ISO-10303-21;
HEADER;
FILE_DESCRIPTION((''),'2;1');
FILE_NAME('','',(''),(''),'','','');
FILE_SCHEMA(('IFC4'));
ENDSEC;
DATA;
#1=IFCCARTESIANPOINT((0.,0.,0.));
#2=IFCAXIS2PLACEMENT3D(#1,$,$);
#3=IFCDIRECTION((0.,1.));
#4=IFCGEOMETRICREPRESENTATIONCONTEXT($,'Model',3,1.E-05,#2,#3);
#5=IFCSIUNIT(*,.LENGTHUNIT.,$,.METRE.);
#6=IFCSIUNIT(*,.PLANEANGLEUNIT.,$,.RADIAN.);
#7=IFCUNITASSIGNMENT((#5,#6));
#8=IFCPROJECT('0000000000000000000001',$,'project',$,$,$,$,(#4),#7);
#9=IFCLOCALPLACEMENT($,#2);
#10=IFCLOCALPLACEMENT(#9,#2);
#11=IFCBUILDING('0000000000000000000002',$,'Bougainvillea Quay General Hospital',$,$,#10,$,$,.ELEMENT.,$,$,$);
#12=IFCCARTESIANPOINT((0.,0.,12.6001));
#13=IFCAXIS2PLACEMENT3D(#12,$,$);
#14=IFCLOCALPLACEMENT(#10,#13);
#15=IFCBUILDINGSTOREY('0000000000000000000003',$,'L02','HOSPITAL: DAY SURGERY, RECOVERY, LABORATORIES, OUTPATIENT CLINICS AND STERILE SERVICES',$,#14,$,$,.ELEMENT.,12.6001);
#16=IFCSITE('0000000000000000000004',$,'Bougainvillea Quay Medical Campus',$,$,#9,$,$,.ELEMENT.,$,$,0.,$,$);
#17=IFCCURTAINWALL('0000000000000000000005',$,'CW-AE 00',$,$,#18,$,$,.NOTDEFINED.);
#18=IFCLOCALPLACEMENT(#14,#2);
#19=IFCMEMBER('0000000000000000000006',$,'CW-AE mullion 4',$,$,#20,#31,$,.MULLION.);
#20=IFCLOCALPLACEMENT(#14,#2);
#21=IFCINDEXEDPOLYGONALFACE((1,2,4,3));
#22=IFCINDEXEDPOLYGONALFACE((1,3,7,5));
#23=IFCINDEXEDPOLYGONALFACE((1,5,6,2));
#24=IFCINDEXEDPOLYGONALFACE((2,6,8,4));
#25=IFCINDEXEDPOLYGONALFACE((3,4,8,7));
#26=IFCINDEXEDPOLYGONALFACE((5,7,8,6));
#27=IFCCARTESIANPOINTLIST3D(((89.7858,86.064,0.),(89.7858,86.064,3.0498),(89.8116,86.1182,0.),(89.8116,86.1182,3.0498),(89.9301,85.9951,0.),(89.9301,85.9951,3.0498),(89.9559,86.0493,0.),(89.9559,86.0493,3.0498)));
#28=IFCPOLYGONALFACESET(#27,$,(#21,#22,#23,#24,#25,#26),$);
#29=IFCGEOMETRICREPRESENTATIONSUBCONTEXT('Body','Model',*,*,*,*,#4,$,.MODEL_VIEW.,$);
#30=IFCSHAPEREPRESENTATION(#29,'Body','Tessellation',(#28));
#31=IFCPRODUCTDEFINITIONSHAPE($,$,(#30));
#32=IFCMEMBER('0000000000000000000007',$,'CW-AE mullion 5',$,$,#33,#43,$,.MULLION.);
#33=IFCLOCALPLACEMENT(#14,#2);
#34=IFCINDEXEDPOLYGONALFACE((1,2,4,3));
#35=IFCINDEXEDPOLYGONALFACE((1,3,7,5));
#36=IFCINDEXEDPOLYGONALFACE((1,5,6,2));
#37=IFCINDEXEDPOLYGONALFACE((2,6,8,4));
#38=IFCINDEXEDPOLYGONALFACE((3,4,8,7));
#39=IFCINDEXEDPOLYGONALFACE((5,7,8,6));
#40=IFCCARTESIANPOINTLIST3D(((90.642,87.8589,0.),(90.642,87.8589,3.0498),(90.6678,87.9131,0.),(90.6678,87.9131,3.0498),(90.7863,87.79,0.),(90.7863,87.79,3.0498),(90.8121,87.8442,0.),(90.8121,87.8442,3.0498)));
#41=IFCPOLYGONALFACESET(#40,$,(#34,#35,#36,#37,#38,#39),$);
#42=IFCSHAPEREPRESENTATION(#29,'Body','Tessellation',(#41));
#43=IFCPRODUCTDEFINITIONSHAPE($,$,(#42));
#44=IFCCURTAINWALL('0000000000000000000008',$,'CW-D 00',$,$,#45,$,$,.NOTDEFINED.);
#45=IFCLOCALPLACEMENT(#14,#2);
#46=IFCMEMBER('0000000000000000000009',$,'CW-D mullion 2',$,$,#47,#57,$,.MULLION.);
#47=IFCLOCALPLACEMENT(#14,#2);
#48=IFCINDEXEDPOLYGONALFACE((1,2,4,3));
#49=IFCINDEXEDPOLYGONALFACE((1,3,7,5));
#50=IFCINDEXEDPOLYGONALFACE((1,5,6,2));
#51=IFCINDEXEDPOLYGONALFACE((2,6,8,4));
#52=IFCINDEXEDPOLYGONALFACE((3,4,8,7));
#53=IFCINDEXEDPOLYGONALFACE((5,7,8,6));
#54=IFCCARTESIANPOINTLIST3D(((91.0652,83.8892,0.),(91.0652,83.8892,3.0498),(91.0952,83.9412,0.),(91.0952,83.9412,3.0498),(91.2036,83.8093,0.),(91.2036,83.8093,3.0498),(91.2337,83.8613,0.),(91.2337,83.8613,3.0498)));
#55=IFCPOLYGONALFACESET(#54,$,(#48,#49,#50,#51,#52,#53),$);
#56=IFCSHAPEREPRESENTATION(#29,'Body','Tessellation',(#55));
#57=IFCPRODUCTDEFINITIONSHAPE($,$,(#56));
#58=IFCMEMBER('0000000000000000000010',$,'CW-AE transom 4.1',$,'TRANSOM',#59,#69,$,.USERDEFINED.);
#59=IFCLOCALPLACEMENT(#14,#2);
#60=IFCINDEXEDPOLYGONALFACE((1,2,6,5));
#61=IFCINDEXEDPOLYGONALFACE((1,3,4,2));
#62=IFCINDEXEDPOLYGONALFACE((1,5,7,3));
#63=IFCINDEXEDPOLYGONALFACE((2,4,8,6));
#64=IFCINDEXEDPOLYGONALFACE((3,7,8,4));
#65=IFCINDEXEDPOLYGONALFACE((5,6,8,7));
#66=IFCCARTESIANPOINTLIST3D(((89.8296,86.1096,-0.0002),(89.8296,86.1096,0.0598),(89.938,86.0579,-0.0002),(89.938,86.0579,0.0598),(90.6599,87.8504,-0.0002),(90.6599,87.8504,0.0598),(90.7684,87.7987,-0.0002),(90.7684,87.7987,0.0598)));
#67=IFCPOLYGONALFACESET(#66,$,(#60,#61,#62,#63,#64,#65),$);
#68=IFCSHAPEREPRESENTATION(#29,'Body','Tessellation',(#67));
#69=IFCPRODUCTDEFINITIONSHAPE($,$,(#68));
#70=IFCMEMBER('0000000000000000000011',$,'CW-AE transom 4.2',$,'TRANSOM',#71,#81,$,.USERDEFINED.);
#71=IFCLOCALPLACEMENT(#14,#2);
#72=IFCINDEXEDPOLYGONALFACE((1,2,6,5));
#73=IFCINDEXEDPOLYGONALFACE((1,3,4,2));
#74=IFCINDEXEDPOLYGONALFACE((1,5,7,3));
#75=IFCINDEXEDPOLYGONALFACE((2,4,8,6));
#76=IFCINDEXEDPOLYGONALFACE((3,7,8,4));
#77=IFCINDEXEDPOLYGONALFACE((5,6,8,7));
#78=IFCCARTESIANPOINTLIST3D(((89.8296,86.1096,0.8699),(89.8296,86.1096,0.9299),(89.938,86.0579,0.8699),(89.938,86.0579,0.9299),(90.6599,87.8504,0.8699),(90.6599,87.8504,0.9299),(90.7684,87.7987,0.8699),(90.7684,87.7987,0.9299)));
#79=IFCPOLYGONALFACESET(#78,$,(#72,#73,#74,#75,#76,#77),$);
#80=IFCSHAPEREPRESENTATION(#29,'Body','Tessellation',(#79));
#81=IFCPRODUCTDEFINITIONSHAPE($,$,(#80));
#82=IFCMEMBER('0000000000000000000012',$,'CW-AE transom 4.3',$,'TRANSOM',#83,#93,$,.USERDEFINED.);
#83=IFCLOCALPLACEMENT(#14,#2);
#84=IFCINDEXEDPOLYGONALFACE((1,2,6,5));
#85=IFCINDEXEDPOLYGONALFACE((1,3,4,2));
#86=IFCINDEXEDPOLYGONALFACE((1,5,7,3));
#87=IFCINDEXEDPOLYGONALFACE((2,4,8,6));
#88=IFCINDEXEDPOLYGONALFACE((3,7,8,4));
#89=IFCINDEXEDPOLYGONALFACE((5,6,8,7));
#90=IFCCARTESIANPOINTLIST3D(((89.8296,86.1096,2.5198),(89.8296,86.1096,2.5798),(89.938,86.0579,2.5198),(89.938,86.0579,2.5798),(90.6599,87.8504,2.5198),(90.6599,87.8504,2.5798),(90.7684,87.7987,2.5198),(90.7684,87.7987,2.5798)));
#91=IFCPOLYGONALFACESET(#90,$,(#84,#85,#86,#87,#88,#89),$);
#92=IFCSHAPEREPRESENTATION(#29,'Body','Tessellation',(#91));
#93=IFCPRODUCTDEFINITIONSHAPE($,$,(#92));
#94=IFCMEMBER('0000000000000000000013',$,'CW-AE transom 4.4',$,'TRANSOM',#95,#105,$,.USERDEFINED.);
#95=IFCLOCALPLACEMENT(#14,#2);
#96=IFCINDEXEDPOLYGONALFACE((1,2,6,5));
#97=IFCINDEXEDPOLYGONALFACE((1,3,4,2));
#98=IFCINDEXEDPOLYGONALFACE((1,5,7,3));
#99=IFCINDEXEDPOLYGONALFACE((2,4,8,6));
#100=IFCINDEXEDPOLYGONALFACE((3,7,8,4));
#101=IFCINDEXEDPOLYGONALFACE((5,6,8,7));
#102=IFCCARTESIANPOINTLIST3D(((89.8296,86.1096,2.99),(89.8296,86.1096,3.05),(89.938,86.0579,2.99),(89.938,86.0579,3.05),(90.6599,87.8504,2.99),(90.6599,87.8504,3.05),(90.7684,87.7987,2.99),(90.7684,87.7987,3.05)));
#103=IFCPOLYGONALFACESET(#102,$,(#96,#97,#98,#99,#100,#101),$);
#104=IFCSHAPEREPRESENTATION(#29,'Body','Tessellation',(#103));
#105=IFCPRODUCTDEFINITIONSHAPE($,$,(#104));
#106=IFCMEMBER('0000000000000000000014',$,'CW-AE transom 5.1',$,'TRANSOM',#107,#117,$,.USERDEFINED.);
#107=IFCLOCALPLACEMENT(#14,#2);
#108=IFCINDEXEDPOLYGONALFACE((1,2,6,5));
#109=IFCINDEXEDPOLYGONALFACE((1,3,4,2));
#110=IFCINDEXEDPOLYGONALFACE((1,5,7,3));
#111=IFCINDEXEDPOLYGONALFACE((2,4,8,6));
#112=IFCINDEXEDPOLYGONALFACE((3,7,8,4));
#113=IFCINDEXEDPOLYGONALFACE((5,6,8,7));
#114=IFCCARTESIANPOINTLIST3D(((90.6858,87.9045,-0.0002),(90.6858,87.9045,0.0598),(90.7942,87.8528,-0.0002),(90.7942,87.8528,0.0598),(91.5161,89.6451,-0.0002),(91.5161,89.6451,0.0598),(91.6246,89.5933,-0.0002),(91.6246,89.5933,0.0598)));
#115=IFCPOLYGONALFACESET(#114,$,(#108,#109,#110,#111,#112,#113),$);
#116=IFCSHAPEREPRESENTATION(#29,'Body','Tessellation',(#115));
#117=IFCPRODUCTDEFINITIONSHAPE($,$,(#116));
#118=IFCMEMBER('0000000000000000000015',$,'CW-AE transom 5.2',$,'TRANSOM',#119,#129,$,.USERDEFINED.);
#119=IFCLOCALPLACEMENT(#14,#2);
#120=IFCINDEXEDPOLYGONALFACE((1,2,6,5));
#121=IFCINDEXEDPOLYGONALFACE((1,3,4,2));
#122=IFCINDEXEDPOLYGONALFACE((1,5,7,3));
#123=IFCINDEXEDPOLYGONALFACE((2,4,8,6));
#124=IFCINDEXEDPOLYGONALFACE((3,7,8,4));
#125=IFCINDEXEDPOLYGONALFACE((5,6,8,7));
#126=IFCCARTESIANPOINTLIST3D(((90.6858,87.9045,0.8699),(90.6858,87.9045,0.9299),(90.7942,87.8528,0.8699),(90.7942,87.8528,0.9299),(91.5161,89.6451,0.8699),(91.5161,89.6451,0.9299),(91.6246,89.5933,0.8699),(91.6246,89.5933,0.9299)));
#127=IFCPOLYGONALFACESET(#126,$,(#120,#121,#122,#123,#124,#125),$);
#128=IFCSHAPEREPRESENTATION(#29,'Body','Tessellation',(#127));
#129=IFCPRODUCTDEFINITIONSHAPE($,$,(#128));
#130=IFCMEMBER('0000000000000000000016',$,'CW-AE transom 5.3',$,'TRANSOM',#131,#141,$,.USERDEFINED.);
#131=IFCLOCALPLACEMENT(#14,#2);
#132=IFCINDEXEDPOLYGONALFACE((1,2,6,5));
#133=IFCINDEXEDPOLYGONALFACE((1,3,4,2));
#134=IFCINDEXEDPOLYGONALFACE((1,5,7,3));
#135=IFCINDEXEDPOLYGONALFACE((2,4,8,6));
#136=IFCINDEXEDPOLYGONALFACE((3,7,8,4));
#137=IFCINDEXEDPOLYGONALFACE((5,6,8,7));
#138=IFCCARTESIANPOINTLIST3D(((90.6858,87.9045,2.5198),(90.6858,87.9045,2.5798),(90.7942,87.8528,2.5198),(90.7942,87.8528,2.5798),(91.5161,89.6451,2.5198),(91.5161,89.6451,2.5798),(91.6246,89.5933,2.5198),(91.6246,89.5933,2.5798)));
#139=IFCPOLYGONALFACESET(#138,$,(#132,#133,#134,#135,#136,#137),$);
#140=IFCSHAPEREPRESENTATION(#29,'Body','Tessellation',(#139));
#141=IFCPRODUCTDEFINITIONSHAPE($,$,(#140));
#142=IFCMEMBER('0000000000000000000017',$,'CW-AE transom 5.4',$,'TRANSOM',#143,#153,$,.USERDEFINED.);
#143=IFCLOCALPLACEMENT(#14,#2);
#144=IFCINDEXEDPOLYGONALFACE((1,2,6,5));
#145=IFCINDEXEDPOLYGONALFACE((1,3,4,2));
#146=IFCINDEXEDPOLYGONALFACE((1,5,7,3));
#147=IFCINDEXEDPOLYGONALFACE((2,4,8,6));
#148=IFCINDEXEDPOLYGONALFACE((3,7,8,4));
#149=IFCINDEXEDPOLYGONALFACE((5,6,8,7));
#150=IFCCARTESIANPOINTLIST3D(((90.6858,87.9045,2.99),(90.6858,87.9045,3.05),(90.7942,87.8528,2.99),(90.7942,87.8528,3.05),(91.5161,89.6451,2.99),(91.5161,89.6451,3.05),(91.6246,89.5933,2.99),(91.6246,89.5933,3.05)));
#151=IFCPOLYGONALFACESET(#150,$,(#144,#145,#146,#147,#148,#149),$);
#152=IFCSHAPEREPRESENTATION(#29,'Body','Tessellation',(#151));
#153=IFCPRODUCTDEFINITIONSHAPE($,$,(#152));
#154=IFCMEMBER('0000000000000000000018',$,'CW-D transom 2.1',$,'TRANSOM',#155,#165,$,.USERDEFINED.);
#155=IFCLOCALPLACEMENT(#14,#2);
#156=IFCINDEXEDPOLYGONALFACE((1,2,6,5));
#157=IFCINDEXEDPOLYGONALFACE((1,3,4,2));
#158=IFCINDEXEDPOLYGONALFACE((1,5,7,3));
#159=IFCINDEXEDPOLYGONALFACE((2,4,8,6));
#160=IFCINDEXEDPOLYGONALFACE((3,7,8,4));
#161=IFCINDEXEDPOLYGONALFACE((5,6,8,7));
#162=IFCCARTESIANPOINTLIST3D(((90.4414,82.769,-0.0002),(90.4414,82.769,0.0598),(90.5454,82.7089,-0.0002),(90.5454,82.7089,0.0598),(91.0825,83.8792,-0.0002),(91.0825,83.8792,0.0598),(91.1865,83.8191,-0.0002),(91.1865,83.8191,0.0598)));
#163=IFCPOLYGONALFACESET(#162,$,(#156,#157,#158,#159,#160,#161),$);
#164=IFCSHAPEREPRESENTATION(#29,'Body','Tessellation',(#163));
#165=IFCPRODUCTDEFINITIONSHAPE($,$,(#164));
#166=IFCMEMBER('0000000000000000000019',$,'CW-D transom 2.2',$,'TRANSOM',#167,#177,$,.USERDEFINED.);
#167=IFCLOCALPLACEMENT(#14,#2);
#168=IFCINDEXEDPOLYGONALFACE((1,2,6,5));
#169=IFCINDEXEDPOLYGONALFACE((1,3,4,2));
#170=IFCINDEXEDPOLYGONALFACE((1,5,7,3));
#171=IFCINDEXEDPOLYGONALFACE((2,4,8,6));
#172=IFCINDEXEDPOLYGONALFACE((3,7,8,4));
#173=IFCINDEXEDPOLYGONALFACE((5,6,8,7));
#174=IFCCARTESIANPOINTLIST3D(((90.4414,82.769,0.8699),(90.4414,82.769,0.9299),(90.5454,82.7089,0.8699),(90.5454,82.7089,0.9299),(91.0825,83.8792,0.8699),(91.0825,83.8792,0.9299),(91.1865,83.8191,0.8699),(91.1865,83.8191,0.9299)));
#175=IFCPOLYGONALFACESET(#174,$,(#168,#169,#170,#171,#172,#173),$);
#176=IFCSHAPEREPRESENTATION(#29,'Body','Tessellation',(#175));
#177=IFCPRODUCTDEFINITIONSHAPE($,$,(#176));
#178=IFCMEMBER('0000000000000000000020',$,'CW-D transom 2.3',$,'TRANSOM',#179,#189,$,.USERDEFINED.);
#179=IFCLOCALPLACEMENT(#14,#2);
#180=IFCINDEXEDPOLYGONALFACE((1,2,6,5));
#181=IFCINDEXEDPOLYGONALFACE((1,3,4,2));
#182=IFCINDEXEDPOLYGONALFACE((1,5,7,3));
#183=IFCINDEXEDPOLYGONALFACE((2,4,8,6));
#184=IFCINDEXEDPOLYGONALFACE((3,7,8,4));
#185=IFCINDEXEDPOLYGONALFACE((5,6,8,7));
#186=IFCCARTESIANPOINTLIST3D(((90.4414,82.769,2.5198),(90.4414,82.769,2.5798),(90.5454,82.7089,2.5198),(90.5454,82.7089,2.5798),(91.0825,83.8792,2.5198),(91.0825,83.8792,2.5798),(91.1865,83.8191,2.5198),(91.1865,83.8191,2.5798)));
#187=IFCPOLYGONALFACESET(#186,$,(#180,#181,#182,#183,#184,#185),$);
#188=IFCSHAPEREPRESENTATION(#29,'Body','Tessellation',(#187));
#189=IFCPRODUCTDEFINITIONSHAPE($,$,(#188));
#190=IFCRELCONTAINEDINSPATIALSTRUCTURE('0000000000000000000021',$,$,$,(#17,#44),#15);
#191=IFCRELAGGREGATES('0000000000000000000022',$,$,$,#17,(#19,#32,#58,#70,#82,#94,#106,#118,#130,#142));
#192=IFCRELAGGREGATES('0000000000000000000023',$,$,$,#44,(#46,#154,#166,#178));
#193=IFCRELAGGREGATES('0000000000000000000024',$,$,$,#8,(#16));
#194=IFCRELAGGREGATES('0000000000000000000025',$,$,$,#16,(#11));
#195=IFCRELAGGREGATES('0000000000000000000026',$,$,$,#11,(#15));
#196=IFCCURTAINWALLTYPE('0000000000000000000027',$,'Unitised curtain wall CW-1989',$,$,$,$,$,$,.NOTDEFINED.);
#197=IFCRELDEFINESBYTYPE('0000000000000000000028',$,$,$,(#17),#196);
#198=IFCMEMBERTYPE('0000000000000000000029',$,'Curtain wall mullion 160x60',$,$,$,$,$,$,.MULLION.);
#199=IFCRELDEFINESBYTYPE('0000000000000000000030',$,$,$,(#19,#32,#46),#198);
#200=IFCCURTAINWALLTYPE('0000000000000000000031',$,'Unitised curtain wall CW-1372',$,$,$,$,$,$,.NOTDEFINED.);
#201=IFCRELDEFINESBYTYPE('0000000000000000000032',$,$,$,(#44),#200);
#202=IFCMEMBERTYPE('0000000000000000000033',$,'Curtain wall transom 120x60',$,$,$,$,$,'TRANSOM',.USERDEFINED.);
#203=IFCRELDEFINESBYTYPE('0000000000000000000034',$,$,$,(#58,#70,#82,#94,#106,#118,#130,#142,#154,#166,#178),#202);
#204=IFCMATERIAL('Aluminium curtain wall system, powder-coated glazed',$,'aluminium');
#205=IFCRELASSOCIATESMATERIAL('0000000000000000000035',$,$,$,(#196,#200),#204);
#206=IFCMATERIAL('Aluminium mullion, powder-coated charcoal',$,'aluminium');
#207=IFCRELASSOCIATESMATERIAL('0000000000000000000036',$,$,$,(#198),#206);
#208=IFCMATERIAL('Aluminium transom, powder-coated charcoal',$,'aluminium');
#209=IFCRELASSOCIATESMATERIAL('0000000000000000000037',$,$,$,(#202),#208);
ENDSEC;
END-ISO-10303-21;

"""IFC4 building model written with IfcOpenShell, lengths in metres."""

from ifc_helpers import new_model, si_unit, direction, frame, origin, origin_2d, place, context, subcontext, project, spatial, rectangle, extrude, material, material_profile, profile_set, type_object, element, aggregate, save


model = new_model("IFC4")

# Units and contexts
model_context = context("Model", 3, precision=1e-05, world=origin(), true_north=direction((0.0, 1.0)))
body_context = subcontext(model_context, "Body", "Model", "MODEL_VIEW")
ifc_project = project(units=[si_unit("LENGTHUNIT", "METRE"), si_unit("PLANEANGLEUNIT", "RADIAN")], contexts=[model_context])

# Site, building, storey
site_placement = place(None, origin())
site = spatial("IfcSite", under=ifc_project, at=site_placement, Name="Bougainvillea Quay Medical Campus", CompositionType="ELEMENT", RefElevation=0.0)
building_placement = place(site_placement, origin())
building = spatial("IfcBuilding", under=site, at=building_placement, Name="Bougainvillea Quay General Hospital", CompositionType="ELEMENT")
storey_placement = place(building_placement, frame((0.0, 0.0, 12.6001)))
storey = spatial("IfcBuildingStorey", under=building, at=storey_placement, Name="L02", Description="HOSPITAL: DAY SURGERY, RECOVERY, LABORATORIES, OUTPATIENT CLINICS AND STERILE SERVICES", CompositionType="ELEMENT", Elevation=12.6001)

# Curtain wall, members
ifc_material_1 = material(Name="Aluminium curtain wall system, powder-coated glazed", Category="aluminium")
curtain_wall_type_1 = type_object("IfcCurtainWallType", Name="Unitised curtain wall CW-1989", PredefinedType="NOTDEFINED", material=ifc_material_1)
curtain_wall_1_placement = place(storey_placement, origin())
curtain_wall_1 = element("IfcCurtainWall", 1, at=curtain_wall_1_placement, inside=storey, type_object=curtain_wall_type_1, Name="CW-AE 00", PredefinedType="NOTDEFINED")
ifc_material_2 = material(Name="Aluminium mullion, powder-coated charcoal", Category="aluminium")
ifc_material_profile_1 = material_profile(ifc_material_2, rectangle(XDim=0.1599, YDim=0.0601, at=origin_2d()))
ifc_profile_set_1 = profile_set([ifc_material_profile_1], Name="Aluminium mullion, powder-coated charcoal")
member_type_1 = type_object("IfcMemberType", Name="Curtain wall mullion 160x60", PredefinedType="MULLION", material=ifc_profile_set_1)
member_1_placement = place(storey_placement, frame((89.8708, 86.0566, 0.0), z_axis=(0.0, 0.0, 1.0), x_axis=(-0.902561, 0.430563, 0.0)))
member_1 = element("IfcMember", 2, at=member_1_placement, type_object=member_type_1, Name="CW-AE mullion 4", PredefinedType="MULLION", context=body_context, shape_type="SweptSolid", body=[
    extrude(rectangle(XDim=0.1599, YDim=0.0601, at=origin_2d()), origin(), (0.0, 0.0, 1.0), 3.0498),
])
member_2_placement = place(storey_placement, frame((90.7271, 87.8516, 0.0), z_axis=(0.0, 0.0, 1.0), x_axis=(-0.902561, 0.430563, 0.0)))
member_2 = element("IfcMember", 3, at=member_2_placement, type_object=member_type_1, Name="CW-AE mullion 5", PredefinedType="MULLION", context=body_context, shape_type="SweptSolid", body=[
    extrude(rectangle(XDim=0.1599, YDim=0.0601, at=origin_2d()), origin(), (0.0, 0.0, 1.0), 3.0498),
])

# Curtain wall, member
curtain_wall_type_2 = type_object("IfcCurtainWallType", Name="Unitised curtain wall CW-1372", PredefinedType="NOTDEFINED", material=ifc_material_1)
curtain_wall_2_placement = place(storey_placement, origin())
curtain_wall_2 = element("IfcCurtainWall", 4, at=curtain_wall_2_placement, inside=storey, type_object=curtain_wall_type_2, Name="CW-D 00", PredefinedType="NOTDEFINED")
member_3_placement = place(storey_placement, frame((91.1494, 83.8752, 0.0), z_axis=(0.0, 0.0, 1.0), x_axis=(0.866048, -0.499962, 0.0)))
member_3 = element("IfcMember", 5, at=member_3_placement, type_object=member_type_1, Name="CW-D mullion 2", PredefinedType="MULLION", context=body_context, shape_type="SweptSolid", body=[
    extrude(rectangle(XDim=0.1599, YDim=0.0601, at=origin_2d()), origin(), (0.0, 0.0, 1.0), 3.0498),
])

# Members
ifc_material_3 = material(Name="Aluminium transom, powder-coated charcoal", Category="aluminium")
ifc_material_profile_2 = material_profile(ifc_material_3, rectangle(XDim=0.1201, YDim=0.0601, at=origin_2d()))
ifc_profile_set_2 = profile_set([ifc_material_profile_2], Name="Aluminium transom, powder-coated charcoal")
member_type_2 = type_object("IfcMemberType", Name="Curtain wall transom 120x60", ElementType="TRANSOM", PredefinedType="USERDEFINED", material=ifc_profile_set_2)
member_4_placement = place(storey_placement, frame((89.8838, 86.0837, 0.0298), z_axis=(0.430528, 0.902577, 0.0), x_axis=(-0.902577, 0.430528, 0.0)))
member_4 = element("IfcMember", 6, at=member_4_placement, type_object=member_type_2, Name="CW-AE transom 4.1", ObjectType="TRANSOM", PredefinedType="USERDEFINED", context=body_context, shape_type="SweptSolid", body=[
    extrude(rectangle(XDim=0.1201, YDim=0.0601, at=origin_2d()), origin(), (0.0, 0.0, 1.0), 1.9287),
])
member_5_placement = place(storey_placement, frame((89.8838, 86.0837, 0.8999), z_axis=(0.430528, 0.902577, 0.0), x_axis=(-0.902577, 0.430528, 0.0)))
member_5 = element("IfcMember", 7, at=member_5_placement, type_object=member_type_2, Name="CW-AE transom 4.2", ObjectType="TRANSOM", PredefinedType="USERDEFINED", context=body_context, shape_type="SweptSolid", body=[
    extrude(rectangle(XDim=0.1201, YDim=0.0601, at=origin_2d()), origin(), (0.0, 0.0, 1.0), 1.9287),
])
member_6_placement = place(storey_placement, frame((89.8838, 86.0837, 2.5498), z_axis=(0.430528, 0.902577, 0.0), x_axis=(-0.902577, 0.430528, 0.0)))
member_6 = element("IfcMember", 8, at=member_6_placement, type_object=member_type_2, Name="CW-AE transom 4.3", ObjectType="TRANSOM", PredefinedType="USERDEFINED", context=body_context, shape_type="SweptSolid", body=[
    extrude(rectangle(XDim=0.1201, YDim=0.0601, at=origin_2d()), origin(), (0.0, 0.0, 1.0), 1.9287),
])
member_7_placement = place(storey_placement, frame((89.8838, 86.0837, 3.02), z_axis=(0.430528, 0.902577, 0.0), x_axis=(-0.902577, 0.430528, 0.0)))
member_7 = element("IfcMember", 9, at=member_7_placement, type_object=member_type_2, Name="CW-AE transom 4.4", ObjectType="TRANSOM", PredefinedType="USERDEFINED", context=body_context, shape_type="SweptSolid", body=[
    extrude(rectangle(XDim=0.1201, YDim=0.0601, at=origin_2d()), origin(), (0.0, 0.0, 1.0), 1.9287),
])
member_8_placement = place(storey_placement, frame((90.74, 87.8787, 0.0298), z_axis=(0.430577, 0.902554, 0.0), x_axis=(-0.902554, 0.430577, 0.0)))
member_8 = element("IfcMember", 10, at=member_8_placement, type_object=member_type_2, Name="CW-AE transom 5.1", ObjectType="TRANSOM", PredefinedType="USERDEFINED", context=body_context, shape_type="SweptSolid", body=[
    extrude(rectangle(XDim=0.1201, YDim=0.0601, at=origin_2d()), origin(), (0.0, 0.0, 1.0), 1.9285),
])
member_9_placement = place(storey_placement, frame((90.74, 87.8787, 0.8999), z_axis=(0.430577, 0.902554, 0.0), x_axis=(-0.902554, 0.430577, 0.0)))
member_9 = element("IfcMember", 11, at=member_9_placement, type_object=member_type_2, Name="CW-AE transom 5.2", ObjectType="TRANSOM", PredefinedType="USERDEFINED", context=body_context, shape_type="SweptSolid", body=[
    extrude(rectangle(XDim=0.1201, YDim=0.0601, at=origin_2d()), origin(), (0.0, 0.0, 1.0), 1.9285),
])
member_10_placement = place(storey_placement, frame((90.74, 87.8787, 2.5498), z_axis=(0.430577, 0.902554, 0.0), x_axis=(-0.902554, 0.430577, 0.0)))
member_10 = element("IfcMember", 12, at=member_10_placement, type_object=member_type_2, Name="CW-AE transom 5.3", ObjectType="TRANSOM", PredefinedType="USERDEFINED", context=body_context, shape_type="SweptSolid", body=[
    extrude(rectangle(XDim=0.1201, YDim=0.0601, at=origin_2d()), origin(), (0.0, 0.0, 1.0), 1.9285),
])
member_11_placement = place(storey_placement, frame((90.74, 87.8787, 3.02), z_axis=(0.430577, 0.902554, 0.0), x_axis=(-0.902554, 0.430577, 0.0)))
member_11 = element("IfcMember", 13, at=member_11_placement, type_object=member_type_2, Name="CW-AE transom 5.4", ObjectType="TRANSOM", PredefinedType="USERDEFINED", context=body_context, shape_type="SweptSolid", body=[
    extrude(rectangle(XDim=0.1201, YDim=0.0601, at=origin_2d()), origin(), (0.0, 0.0, 1.0), 1.9285),
])
member_12_placement = place(storey_placement, frame((91.1345, 83.8491, 0.0298), z_axis=(-0.500113, -0.86596, 0.0), x_axis=(0.86596, -0.500113, 0.0)))
member_12 = element("IfcMember", 14, at=member_12_placement, type_object=member_type_2, Name="CW-D transom 2.1", ObjectType="TRANSOM", PredefinedType="USERDEFINED", context=body_context, shape_type="SweptSolid", body=[
    extrude(rectangle(XDim=0.1201, YDim=0.0601, at=origin_2d()), origin(), (0.0, 0.0, 1.0), 1.282),
])
member_13_placement = place(storey_placement, frame((91.1345, 83.8491, 0.8999), z_axis=(-0.500113, -0.86596, 0.0), x_axis=(0.86596, -0.500113, 0.0)))
member_13 = element("IfcMember", 15, at=member_13_placement, type_object=member_type_2, Name="CW-D transom 2.2", ObjectType="TRANSOM", PredefinedType="USERDEFINED", context=body_context, shape_type="SweptSolid", body=[
    extrude(rectangle(XDim=0.1201, YDim=0.0601, at=origin_2d()), origin(), (0.0, 0.0, 1.0), 1.282),
])
member_14_placement = place(storey_placement, frame((91.1345, 83.8491, 2.5498), z_axis=(-0.500113, -0.86596, 0.0), x_axis=(0.86596, -0.500113, 0.0)))
member_14 = element("IfcMember", 16, at=member_14_placement, type_object=member_type_2, Name="CW-D transom 2.3", ObjectType="TRANSOM", PredefinedType="USERDEFINED", context=body_context, shape_type="SweptSolid", body=[
    extrude(rectangle(XDim=0.1201, YDim=0.0601, at=origin_2d()), origin(), (0.0, 0.0, 1.0), 1.282),
])

aggregate(curtain_wall_1, [member_1, member_2, member_4, member_5, member_6, member_7, member_8, member_9, member_10, member_11])
aggregate(curtain_wall_2, [member_3, member_12, member_13, member_14])

save(model, "model.ifc")
